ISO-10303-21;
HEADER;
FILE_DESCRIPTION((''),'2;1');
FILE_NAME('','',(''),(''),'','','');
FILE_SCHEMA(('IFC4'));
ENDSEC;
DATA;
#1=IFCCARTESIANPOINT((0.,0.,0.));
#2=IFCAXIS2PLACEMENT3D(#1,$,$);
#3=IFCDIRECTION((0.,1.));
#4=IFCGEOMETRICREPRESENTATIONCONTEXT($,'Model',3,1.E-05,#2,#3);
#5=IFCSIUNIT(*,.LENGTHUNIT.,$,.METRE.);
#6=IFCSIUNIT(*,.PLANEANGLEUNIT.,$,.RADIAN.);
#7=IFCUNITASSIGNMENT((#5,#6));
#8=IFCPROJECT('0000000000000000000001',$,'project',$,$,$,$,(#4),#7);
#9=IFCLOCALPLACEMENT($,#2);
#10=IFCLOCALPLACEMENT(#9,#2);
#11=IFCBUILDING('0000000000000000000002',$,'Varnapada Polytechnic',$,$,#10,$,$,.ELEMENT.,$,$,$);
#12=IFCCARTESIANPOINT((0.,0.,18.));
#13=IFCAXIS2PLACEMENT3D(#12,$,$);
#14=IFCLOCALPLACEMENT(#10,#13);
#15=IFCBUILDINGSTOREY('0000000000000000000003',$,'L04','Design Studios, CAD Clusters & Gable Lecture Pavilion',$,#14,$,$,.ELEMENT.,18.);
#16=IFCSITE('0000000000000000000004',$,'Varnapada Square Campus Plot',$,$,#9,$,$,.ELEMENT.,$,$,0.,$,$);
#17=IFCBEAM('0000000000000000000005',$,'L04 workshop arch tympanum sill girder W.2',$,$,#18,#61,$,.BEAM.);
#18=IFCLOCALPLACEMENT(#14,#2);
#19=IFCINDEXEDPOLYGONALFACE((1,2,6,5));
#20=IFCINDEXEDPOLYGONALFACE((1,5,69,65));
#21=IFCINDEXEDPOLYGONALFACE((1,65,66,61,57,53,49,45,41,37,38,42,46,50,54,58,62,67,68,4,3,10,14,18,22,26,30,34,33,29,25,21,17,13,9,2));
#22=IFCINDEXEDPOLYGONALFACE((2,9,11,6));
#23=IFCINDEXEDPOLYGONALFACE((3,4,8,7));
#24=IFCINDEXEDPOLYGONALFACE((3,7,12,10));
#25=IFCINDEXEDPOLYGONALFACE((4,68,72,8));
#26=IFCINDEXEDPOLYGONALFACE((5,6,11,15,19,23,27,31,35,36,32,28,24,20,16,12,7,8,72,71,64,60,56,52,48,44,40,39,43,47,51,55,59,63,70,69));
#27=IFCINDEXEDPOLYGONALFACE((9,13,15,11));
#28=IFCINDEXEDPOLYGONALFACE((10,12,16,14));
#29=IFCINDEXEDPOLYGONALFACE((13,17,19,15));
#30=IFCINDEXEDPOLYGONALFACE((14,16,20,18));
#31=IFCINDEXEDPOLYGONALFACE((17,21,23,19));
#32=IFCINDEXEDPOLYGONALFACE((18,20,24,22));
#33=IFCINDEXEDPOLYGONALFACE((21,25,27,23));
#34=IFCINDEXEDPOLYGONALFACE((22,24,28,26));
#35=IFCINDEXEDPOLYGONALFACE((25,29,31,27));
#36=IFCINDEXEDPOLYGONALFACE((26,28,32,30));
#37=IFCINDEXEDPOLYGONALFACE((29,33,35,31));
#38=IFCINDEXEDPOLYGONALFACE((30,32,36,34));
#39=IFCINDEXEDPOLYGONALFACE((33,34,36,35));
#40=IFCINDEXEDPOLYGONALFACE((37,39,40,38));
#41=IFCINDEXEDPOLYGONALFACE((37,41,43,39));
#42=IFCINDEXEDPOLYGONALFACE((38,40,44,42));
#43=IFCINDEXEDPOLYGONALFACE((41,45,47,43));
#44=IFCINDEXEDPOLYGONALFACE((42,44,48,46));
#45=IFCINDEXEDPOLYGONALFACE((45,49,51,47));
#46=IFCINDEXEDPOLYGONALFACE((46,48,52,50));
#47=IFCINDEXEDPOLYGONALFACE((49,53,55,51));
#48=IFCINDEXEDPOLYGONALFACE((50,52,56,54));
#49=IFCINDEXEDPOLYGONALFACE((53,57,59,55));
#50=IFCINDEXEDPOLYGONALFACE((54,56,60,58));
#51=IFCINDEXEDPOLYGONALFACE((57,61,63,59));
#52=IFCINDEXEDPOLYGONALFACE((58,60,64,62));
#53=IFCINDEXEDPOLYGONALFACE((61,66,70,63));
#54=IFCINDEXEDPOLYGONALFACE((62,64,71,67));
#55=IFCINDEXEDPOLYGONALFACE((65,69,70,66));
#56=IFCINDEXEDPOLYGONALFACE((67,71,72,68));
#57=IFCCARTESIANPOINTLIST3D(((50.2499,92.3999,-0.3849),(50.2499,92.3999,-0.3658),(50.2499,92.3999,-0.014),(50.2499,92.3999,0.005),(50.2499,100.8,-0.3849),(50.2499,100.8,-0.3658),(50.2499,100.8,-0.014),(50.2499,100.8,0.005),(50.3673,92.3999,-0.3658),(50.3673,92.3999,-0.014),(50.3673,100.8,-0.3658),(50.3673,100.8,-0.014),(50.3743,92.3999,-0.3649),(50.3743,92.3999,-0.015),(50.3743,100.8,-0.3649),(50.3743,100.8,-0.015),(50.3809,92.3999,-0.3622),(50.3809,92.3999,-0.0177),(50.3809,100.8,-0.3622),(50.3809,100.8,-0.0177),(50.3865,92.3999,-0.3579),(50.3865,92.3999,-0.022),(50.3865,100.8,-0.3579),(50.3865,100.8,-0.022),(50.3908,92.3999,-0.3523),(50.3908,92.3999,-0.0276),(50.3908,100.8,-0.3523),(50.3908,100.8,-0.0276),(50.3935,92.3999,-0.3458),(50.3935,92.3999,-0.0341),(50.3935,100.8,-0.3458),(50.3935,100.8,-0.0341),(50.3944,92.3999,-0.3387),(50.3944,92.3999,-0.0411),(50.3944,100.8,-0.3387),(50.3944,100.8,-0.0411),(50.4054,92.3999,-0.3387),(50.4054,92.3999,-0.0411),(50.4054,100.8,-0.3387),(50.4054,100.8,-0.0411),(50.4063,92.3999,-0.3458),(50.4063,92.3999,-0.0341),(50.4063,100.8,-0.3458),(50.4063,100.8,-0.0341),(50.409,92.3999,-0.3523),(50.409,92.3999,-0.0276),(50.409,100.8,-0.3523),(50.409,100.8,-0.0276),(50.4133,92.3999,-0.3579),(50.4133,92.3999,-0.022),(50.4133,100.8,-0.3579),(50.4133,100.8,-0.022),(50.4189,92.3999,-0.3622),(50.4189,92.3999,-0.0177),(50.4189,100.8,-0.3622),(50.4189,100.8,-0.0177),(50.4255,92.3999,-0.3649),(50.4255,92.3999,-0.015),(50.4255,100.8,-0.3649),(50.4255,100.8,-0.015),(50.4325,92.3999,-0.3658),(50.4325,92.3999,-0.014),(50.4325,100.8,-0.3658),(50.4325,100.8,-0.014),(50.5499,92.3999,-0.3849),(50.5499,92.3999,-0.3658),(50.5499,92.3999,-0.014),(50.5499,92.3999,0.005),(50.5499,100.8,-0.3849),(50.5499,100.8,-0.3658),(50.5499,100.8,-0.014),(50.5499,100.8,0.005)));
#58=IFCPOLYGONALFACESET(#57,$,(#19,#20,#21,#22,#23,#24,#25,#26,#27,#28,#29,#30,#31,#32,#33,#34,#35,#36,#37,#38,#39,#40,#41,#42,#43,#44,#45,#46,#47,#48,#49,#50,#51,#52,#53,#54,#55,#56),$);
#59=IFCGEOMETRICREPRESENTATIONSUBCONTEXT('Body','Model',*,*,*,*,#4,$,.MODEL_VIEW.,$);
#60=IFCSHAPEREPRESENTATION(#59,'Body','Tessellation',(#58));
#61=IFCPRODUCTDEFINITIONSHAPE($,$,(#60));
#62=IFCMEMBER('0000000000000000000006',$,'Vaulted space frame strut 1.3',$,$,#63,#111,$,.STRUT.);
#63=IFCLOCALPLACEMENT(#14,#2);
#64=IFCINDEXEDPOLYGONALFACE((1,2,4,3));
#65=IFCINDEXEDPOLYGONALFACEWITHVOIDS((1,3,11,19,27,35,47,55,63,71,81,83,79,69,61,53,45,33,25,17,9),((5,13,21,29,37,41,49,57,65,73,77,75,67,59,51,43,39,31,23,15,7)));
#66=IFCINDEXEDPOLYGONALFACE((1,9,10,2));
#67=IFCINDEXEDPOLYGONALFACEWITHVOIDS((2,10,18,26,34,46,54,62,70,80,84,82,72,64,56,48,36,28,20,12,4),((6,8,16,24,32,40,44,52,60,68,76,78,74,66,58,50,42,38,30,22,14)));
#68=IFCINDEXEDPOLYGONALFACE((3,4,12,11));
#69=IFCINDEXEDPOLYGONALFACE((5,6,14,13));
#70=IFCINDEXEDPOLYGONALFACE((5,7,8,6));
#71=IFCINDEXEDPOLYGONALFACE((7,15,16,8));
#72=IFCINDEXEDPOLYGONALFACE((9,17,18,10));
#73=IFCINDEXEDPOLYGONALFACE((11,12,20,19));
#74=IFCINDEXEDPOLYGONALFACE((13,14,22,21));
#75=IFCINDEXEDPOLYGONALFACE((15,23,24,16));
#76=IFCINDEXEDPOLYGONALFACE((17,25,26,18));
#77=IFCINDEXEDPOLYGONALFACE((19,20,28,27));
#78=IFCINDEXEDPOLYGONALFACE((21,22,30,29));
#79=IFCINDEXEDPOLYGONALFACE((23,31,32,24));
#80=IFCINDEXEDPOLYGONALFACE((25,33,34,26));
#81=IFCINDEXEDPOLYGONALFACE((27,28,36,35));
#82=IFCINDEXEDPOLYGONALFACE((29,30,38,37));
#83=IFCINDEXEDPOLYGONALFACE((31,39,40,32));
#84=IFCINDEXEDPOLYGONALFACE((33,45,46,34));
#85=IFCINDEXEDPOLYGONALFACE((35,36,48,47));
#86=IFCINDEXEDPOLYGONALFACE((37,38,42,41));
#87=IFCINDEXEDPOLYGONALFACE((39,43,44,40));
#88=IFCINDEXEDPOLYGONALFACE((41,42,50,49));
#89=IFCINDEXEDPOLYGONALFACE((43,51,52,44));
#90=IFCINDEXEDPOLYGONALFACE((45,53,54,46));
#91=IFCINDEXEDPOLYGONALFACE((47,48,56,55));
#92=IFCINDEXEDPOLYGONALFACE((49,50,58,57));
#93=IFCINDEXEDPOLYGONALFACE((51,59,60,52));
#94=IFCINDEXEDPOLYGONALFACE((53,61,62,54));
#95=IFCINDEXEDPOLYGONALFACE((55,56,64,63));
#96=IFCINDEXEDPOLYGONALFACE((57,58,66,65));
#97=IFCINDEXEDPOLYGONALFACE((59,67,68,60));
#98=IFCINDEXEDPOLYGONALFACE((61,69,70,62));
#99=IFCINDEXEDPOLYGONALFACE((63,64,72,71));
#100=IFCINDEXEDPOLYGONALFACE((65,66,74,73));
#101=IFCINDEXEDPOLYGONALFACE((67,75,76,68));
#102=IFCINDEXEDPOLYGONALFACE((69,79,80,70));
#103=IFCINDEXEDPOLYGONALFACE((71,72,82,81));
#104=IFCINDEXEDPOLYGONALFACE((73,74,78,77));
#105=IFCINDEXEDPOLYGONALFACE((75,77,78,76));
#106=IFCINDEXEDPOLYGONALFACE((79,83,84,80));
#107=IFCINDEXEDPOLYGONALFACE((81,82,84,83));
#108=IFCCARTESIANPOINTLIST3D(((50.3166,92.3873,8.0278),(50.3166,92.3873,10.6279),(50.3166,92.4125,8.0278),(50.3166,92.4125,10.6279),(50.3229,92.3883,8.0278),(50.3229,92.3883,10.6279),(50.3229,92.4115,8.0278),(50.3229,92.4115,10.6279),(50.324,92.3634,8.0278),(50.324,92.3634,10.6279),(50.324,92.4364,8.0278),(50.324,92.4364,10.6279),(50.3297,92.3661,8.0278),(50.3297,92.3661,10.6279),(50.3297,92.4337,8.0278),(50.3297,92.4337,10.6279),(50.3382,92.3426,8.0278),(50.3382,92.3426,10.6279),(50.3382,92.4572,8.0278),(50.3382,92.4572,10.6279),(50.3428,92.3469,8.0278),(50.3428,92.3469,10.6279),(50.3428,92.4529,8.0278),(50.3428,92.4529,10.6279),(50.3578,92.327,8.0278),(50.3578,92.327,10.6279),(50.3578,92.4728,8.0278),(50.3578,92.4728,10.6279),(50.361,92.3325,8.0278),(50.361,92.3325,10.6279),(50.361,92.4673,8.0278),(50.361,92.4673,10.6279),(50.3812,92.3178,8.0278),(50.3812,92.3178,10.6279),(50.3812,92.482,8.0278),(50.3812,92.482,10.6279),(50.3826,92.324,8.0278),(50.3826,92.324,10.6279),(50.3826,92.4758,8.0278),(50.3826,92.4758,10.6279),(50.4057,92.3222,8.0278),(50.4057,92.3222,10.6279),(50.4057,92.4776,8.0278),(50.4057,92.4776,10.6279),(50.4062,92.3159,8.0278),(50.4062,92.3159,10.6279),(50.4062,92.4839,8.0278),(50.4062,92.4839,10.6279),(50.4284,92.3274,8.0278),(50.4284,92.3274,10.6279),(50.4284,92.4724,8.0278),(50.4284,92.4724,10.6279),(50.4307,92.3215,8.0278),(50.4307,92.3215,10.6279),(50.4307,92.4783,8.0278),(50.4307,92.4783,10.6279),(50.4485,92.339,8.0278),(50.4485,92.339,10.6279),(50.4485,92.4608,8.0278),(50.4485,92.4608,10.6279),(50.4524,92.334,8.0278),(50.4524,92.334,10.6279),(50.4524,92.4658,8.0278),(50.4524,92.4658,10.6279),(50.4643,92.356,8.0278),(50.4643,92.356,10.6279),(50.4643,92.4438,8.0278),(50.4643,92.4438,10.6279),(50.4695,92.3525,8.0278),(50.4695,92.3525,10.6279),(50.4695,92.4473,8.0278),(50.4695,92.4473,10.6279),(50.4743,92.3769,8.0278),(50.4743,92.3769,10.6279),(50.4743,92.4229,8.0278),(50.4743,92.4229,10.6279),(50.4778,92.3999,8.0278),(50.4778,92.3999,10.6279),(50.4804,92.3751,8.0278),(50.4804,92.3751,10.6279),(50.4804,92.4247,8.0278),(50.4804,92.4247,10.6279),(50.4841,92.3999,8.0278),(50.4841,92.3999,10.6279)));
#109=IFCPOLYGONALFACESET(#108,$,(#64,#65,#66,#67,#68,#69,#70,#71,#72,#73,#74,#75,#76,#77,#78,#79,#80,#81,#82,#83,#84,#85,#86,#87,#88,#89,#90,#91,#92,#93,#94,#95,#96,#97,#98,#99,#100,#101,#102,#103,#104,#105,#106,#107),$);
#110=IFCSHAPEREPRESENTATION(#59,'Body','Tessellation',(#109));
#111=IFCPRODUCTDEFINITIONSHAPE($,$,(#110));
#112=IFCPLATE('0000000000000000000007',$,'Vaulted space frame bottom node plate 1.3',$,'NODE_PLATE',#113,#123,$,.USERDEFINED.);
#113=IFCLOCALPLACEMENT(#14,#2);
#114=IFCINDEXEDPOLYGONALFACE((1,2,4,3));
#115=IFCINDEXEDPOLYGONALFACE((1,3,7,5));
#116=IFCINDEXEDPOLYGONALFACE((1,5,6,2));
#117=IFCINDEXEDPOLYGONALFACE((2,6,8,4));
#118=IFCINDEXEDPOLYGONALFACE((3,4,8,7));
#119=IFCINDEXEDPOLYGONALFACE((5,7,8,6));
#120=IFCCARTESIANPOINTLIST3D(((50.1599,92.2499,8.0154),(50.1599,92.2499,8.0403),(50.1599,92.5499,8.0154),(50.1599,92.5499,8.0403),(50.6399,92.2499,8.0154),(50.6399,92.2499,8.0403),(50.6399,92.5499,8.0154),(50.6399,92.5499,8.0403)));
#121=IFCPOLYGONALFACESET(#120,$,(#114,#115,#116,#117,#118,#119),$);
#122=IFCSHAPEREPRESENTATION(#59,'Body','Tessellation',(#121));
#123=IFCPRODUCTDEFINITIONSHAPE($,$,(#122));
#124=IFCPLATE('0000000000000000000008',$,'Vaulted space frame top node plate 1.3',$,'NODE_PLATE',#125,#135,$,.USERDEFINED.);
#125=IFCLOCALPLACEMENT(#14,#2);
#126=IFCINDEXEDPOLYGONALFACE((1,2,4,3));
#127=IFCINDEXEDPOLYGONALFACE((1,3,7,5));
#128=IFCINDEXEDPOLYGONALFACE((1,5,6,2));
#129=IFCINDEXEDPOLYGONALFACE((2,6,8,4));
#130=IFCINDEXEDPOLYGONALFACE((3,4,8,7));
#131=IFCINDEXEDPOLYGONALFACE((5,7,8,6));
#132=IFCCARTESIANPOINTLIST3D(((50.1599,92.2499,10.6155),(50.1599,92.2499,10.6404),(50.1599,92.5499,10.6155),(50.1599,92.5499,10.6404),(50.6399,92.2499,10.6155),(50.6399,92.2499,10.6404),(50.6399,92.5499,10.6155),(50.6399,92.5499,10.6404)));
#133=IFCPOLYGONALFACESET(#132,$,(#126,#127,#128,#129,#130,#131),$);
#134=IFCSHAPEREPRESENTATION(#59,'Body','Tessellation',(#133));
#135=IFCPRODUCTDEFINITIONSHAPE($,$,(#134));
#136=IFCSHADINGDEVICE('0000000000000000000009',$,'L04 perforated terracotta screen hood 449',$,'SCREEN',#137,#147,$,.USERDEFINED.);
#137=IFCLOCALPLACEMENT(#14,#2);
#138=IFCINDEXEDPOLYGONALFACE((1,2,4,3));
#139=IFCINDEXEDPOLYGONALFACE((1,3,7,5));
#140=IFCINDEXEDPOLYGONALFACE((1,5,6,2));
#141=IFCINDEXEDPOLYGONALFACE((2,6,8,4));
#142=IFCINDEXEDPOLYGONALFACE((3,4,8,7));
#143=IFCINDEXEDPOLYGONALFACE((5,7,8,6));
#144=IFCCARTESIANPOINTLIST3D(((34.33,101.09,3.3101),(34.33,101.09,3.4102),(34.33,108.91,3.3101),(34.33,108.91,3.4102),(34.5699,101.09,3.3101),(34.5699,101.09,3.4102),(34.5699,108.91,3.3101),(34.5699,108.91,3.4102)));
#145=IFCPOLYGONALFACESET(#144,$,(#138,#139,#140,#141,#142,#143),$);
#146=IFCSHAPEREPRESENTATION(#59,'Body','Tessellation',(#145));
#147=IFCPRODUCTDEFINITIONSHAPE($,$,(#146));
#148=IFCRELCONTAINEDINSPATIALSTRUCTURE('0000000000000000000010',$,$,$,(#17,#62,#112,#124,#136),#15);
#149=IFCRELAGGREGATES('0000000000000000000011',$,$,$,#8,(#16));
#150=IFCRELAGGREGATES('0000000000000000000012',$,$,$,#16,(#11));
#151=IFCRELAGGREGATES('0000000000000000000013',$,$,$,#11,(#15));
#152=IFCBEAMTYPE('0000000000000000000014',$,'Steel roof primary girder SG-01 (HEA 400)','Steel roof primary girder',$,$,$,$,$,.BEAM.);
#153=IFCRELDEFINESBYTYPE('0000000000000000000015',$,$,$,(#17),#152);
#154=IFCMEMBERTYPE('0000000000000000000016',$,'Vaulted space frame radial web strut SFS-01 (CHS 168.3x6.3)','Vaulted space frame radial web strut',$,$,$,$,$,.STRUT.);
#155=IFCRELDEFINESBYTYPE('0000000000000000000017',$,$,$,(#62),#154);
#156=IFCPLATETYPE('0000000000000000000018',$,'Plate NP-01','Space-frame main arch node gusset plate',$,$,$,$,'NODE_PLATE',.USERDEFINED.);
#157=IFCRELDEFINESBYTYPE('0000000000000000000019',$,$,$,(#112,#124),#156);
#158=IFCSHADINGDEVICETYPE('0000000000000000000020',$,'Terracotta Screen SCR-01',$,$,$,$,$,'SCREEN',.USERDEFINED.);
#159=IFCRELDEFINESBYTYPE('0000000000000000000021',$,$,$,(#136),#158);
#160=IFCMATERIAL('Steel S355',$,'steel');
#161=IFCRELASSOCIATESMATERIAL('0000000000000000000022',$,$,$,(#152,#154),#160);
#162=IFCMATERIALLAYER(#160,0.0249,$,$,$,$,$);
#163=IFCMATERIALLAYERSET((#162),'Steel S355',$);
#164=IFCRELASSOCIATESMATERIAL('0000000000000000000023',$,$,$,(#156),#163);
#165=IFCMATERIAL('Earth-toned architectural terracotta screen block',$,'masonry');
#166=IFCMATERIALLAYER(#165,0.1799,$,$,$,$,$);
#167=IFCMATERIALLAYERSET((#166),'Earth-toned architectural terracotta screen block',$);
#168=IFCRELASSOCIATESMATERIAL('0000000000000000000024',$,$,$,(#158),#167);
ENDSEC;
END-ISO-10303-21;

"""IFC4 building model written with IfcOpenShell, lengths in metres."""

from ifc_helpers import new_model, si_unit, direction, frame, origin, origin_2d, place, context, subcontext, project, spatial, rectangle, hollow_circle, i_section, extrude, material, layer, layer_set, material_profile, profile_set, type_object, element, save


model = new_model("IFC4")

# Units and contexts
model_context = context("Model", 3, precision=1e-05, world=origin(), true_north=direction((0.0, 1.0)))
body_context = subcontext(model_context, "Body", "Model", "MODEL_VIEW")
ifc_project = project(units=[si_unit("LENGTHUNIT", "METRE"), si_unit("PLANEANGLEUNIT", "RADIAN")], contexts=[model_context])

# Site, building, storey
site_placement = place(None, origin())
site = spatial("IfcSite", under=ifc_project, at=site_placement, Name="Varnapada Square Campus Plot", CompositionType="ELEMENT", RefElevation=0.0)
building_placement = place(site_placement, origin())
building = spatial("IfcBuilding", under=site, at=building_placement, Name="Varnapada Polytechnic", CompositionType="ELEMENT")
storey_placement = place(building_placement, frame((0.0, 0.0, 18.0)))
storey = spatial("IfcBuildingStorey", under=building, at=storey_placement, Name="L04", Description="Design Studios, CAD Clusters & Gable Lecture Pavilion", CompositionType="ELEMENT", Elevation=18.0)

# Beam
ifc_material_1 = material(Name="Steel S355", Category="steel")
ifc_material_profile_1 = material_profile(ifc_material_1, i_section(OverallWidth=0.3, OverallDepth=0.3899, WebThickness=0.011, FlangeThickness=0.019, FilletRadius=0.0271, at=origin_2d()), Name="HEA 400")
ifc_profile_set_1 = profile_set([ifc_material_profile_1], Name="Steel S355")
beam_type = type_object("IfcBeamType", Name="Steel roof primary girder SG-01 (HEA 400)", Description="Steel roof primary girder", PredefinedType="BEAM", material=ifc_profile_set_1)
beam_placement = place(storey_placement, frame((50.3999, 92.3999, -0.1899), z_axis=(0.0, 1.0, 0.0), x_axis=(-1.0, 0.0, 0.0)))
element("IfcBeam", 1, at=beam_placement, inside=storey, type_object=beam_type, Name="L04 workshop arch tympanum sill girder W.2", PredefinedType="BEAM", context=body_context, shape_type="SweptSolid", body=[
    extrude(i_section(OverallWidth=0.3, OverallDepth=0.3899, WebThickness=0.011, FlangeThickness=0.019, FilletRadius=0.0271, at=origin_2d()), origin(), (0.0, 0.0, 1.0), 8.4001),
])

# Member
ifc_material_profile_2 = material_profile(ifc_material_1, hollow_circle(Radius=0.0842, WallThickness=0.0063, at=origin_2d()), Name="CHS 168.3x6.3")
ifc_profile_set_2 = profile_set([ifc_material_profile_2], Name="Steel S355")
member_type = type_object("IfcMemberType", Name="Vaulted space frame radial web strut SFS-01 (CHS 168.3x6.3)", Description="Vaulted space frame radial web strut", PredefinedType="STRUT", material=ifc_profile_set_2)
member_placement = place(storey_placement, frame((50.3999, 92.3999, 8.0278), z_axis=(0.0, 0.0, 1.0), x_axis=(1.0, 0.0, 0.0)))
element("IfcMember", 2, at=member_placement, inside=storey, type_object=member_type, Name="Vaulted space frame strut 1.3", PredefinedType="STRUT", context=body_context, shape_type="SweptSolid", body=[
    extrude(hollow_circle(Radius=0.0842, WallThickness=0.0063, at=origin_2d()), origin(), (0.0, 0.0, 1.0), 2.6001),
])

# Plates
ifc_layer_1 = layer(ifc_material_1, 0.0249)
ifc_layer_set_1 = layer_set([ifc_layer_1], Name="Steel S355")
plate_type = type_object("IfcPlateType", Name="Plate NP-01", Description="Space-frame main arch node gusset plate", ElementType="NODE_PLATE", PredefinedType="USERDEFINED", material=ifc_layer_set_1)
for number, where, z_axis, x_axis, name in (
    (3, (50.3999, 92.3999, 8.0154), (0.0, 0.0, 1.0), (1.0, 0.0, 0.0), "Vaulted space frame bottom node plate 1.3"),
    (4, (50.3999, 92.3999, 10.6155), (0.0, 0.0, 1.0), (1.0, 0.0, 0.0), "Vaulted space frame top node plate 1.3"),
):
    element("IfcPlate", number, at=place(storey_placement, frame(where, z_axis=z_axis, x_axis=x_axis)), inside=storey, type_object=plate_type, Name=name, ObjectType="NODE_PLATE", PredefinedType="USERDEFINED", context=body_context, shape_type="SweptSolid", body=[
        extrude(rectangle(XDim=0.48, YDim=0.3, at=origin_2d()), origin(), (0.0, 0.0, 1.0), 0.0249),
    ])

# Shading device
ifc_material_2 = material(Name="Earth-toned architectural terracotta screen block", Category="masonry")
ifc_layer_2 = layer(ifc_material_2, 0.1799)
ifc_layer_set_2 = layer_set([ifc_layer_2], Name="Earth-toned architectural terracotta screen block")
shading_device_type = type_object("IfcShadingDeviceType", Name="Terracotta Screen SCR-01", ElementType="SCREEN", PredefinedType="USERDEFINED", material=ifc_layer_set_2)
shading_device_placement = place(storey_placement, frame((34.45, 105.0, 3.3101), z_axis=(0.0, 0.0, 1.0), x_axis=(0.0, -1.0, 0.0)))
element("IfcShadingDevice", 5, at=shading_device_placement, inside=storey, type_object=shading_device_type, Name="L04 perforated terracotta screen hood 449", ObjectType="SCREEN", PredefinedType="USERDEFINED", context=body_context, shape_type="SweptSolid", body=[
    extrude(rectangle(XDim=7.8201, YDim=0.24, at=origin_2d()), origin(), (0.0, 0.0, 1.0), 0.1001),
])

save(model, "model.ifc")
